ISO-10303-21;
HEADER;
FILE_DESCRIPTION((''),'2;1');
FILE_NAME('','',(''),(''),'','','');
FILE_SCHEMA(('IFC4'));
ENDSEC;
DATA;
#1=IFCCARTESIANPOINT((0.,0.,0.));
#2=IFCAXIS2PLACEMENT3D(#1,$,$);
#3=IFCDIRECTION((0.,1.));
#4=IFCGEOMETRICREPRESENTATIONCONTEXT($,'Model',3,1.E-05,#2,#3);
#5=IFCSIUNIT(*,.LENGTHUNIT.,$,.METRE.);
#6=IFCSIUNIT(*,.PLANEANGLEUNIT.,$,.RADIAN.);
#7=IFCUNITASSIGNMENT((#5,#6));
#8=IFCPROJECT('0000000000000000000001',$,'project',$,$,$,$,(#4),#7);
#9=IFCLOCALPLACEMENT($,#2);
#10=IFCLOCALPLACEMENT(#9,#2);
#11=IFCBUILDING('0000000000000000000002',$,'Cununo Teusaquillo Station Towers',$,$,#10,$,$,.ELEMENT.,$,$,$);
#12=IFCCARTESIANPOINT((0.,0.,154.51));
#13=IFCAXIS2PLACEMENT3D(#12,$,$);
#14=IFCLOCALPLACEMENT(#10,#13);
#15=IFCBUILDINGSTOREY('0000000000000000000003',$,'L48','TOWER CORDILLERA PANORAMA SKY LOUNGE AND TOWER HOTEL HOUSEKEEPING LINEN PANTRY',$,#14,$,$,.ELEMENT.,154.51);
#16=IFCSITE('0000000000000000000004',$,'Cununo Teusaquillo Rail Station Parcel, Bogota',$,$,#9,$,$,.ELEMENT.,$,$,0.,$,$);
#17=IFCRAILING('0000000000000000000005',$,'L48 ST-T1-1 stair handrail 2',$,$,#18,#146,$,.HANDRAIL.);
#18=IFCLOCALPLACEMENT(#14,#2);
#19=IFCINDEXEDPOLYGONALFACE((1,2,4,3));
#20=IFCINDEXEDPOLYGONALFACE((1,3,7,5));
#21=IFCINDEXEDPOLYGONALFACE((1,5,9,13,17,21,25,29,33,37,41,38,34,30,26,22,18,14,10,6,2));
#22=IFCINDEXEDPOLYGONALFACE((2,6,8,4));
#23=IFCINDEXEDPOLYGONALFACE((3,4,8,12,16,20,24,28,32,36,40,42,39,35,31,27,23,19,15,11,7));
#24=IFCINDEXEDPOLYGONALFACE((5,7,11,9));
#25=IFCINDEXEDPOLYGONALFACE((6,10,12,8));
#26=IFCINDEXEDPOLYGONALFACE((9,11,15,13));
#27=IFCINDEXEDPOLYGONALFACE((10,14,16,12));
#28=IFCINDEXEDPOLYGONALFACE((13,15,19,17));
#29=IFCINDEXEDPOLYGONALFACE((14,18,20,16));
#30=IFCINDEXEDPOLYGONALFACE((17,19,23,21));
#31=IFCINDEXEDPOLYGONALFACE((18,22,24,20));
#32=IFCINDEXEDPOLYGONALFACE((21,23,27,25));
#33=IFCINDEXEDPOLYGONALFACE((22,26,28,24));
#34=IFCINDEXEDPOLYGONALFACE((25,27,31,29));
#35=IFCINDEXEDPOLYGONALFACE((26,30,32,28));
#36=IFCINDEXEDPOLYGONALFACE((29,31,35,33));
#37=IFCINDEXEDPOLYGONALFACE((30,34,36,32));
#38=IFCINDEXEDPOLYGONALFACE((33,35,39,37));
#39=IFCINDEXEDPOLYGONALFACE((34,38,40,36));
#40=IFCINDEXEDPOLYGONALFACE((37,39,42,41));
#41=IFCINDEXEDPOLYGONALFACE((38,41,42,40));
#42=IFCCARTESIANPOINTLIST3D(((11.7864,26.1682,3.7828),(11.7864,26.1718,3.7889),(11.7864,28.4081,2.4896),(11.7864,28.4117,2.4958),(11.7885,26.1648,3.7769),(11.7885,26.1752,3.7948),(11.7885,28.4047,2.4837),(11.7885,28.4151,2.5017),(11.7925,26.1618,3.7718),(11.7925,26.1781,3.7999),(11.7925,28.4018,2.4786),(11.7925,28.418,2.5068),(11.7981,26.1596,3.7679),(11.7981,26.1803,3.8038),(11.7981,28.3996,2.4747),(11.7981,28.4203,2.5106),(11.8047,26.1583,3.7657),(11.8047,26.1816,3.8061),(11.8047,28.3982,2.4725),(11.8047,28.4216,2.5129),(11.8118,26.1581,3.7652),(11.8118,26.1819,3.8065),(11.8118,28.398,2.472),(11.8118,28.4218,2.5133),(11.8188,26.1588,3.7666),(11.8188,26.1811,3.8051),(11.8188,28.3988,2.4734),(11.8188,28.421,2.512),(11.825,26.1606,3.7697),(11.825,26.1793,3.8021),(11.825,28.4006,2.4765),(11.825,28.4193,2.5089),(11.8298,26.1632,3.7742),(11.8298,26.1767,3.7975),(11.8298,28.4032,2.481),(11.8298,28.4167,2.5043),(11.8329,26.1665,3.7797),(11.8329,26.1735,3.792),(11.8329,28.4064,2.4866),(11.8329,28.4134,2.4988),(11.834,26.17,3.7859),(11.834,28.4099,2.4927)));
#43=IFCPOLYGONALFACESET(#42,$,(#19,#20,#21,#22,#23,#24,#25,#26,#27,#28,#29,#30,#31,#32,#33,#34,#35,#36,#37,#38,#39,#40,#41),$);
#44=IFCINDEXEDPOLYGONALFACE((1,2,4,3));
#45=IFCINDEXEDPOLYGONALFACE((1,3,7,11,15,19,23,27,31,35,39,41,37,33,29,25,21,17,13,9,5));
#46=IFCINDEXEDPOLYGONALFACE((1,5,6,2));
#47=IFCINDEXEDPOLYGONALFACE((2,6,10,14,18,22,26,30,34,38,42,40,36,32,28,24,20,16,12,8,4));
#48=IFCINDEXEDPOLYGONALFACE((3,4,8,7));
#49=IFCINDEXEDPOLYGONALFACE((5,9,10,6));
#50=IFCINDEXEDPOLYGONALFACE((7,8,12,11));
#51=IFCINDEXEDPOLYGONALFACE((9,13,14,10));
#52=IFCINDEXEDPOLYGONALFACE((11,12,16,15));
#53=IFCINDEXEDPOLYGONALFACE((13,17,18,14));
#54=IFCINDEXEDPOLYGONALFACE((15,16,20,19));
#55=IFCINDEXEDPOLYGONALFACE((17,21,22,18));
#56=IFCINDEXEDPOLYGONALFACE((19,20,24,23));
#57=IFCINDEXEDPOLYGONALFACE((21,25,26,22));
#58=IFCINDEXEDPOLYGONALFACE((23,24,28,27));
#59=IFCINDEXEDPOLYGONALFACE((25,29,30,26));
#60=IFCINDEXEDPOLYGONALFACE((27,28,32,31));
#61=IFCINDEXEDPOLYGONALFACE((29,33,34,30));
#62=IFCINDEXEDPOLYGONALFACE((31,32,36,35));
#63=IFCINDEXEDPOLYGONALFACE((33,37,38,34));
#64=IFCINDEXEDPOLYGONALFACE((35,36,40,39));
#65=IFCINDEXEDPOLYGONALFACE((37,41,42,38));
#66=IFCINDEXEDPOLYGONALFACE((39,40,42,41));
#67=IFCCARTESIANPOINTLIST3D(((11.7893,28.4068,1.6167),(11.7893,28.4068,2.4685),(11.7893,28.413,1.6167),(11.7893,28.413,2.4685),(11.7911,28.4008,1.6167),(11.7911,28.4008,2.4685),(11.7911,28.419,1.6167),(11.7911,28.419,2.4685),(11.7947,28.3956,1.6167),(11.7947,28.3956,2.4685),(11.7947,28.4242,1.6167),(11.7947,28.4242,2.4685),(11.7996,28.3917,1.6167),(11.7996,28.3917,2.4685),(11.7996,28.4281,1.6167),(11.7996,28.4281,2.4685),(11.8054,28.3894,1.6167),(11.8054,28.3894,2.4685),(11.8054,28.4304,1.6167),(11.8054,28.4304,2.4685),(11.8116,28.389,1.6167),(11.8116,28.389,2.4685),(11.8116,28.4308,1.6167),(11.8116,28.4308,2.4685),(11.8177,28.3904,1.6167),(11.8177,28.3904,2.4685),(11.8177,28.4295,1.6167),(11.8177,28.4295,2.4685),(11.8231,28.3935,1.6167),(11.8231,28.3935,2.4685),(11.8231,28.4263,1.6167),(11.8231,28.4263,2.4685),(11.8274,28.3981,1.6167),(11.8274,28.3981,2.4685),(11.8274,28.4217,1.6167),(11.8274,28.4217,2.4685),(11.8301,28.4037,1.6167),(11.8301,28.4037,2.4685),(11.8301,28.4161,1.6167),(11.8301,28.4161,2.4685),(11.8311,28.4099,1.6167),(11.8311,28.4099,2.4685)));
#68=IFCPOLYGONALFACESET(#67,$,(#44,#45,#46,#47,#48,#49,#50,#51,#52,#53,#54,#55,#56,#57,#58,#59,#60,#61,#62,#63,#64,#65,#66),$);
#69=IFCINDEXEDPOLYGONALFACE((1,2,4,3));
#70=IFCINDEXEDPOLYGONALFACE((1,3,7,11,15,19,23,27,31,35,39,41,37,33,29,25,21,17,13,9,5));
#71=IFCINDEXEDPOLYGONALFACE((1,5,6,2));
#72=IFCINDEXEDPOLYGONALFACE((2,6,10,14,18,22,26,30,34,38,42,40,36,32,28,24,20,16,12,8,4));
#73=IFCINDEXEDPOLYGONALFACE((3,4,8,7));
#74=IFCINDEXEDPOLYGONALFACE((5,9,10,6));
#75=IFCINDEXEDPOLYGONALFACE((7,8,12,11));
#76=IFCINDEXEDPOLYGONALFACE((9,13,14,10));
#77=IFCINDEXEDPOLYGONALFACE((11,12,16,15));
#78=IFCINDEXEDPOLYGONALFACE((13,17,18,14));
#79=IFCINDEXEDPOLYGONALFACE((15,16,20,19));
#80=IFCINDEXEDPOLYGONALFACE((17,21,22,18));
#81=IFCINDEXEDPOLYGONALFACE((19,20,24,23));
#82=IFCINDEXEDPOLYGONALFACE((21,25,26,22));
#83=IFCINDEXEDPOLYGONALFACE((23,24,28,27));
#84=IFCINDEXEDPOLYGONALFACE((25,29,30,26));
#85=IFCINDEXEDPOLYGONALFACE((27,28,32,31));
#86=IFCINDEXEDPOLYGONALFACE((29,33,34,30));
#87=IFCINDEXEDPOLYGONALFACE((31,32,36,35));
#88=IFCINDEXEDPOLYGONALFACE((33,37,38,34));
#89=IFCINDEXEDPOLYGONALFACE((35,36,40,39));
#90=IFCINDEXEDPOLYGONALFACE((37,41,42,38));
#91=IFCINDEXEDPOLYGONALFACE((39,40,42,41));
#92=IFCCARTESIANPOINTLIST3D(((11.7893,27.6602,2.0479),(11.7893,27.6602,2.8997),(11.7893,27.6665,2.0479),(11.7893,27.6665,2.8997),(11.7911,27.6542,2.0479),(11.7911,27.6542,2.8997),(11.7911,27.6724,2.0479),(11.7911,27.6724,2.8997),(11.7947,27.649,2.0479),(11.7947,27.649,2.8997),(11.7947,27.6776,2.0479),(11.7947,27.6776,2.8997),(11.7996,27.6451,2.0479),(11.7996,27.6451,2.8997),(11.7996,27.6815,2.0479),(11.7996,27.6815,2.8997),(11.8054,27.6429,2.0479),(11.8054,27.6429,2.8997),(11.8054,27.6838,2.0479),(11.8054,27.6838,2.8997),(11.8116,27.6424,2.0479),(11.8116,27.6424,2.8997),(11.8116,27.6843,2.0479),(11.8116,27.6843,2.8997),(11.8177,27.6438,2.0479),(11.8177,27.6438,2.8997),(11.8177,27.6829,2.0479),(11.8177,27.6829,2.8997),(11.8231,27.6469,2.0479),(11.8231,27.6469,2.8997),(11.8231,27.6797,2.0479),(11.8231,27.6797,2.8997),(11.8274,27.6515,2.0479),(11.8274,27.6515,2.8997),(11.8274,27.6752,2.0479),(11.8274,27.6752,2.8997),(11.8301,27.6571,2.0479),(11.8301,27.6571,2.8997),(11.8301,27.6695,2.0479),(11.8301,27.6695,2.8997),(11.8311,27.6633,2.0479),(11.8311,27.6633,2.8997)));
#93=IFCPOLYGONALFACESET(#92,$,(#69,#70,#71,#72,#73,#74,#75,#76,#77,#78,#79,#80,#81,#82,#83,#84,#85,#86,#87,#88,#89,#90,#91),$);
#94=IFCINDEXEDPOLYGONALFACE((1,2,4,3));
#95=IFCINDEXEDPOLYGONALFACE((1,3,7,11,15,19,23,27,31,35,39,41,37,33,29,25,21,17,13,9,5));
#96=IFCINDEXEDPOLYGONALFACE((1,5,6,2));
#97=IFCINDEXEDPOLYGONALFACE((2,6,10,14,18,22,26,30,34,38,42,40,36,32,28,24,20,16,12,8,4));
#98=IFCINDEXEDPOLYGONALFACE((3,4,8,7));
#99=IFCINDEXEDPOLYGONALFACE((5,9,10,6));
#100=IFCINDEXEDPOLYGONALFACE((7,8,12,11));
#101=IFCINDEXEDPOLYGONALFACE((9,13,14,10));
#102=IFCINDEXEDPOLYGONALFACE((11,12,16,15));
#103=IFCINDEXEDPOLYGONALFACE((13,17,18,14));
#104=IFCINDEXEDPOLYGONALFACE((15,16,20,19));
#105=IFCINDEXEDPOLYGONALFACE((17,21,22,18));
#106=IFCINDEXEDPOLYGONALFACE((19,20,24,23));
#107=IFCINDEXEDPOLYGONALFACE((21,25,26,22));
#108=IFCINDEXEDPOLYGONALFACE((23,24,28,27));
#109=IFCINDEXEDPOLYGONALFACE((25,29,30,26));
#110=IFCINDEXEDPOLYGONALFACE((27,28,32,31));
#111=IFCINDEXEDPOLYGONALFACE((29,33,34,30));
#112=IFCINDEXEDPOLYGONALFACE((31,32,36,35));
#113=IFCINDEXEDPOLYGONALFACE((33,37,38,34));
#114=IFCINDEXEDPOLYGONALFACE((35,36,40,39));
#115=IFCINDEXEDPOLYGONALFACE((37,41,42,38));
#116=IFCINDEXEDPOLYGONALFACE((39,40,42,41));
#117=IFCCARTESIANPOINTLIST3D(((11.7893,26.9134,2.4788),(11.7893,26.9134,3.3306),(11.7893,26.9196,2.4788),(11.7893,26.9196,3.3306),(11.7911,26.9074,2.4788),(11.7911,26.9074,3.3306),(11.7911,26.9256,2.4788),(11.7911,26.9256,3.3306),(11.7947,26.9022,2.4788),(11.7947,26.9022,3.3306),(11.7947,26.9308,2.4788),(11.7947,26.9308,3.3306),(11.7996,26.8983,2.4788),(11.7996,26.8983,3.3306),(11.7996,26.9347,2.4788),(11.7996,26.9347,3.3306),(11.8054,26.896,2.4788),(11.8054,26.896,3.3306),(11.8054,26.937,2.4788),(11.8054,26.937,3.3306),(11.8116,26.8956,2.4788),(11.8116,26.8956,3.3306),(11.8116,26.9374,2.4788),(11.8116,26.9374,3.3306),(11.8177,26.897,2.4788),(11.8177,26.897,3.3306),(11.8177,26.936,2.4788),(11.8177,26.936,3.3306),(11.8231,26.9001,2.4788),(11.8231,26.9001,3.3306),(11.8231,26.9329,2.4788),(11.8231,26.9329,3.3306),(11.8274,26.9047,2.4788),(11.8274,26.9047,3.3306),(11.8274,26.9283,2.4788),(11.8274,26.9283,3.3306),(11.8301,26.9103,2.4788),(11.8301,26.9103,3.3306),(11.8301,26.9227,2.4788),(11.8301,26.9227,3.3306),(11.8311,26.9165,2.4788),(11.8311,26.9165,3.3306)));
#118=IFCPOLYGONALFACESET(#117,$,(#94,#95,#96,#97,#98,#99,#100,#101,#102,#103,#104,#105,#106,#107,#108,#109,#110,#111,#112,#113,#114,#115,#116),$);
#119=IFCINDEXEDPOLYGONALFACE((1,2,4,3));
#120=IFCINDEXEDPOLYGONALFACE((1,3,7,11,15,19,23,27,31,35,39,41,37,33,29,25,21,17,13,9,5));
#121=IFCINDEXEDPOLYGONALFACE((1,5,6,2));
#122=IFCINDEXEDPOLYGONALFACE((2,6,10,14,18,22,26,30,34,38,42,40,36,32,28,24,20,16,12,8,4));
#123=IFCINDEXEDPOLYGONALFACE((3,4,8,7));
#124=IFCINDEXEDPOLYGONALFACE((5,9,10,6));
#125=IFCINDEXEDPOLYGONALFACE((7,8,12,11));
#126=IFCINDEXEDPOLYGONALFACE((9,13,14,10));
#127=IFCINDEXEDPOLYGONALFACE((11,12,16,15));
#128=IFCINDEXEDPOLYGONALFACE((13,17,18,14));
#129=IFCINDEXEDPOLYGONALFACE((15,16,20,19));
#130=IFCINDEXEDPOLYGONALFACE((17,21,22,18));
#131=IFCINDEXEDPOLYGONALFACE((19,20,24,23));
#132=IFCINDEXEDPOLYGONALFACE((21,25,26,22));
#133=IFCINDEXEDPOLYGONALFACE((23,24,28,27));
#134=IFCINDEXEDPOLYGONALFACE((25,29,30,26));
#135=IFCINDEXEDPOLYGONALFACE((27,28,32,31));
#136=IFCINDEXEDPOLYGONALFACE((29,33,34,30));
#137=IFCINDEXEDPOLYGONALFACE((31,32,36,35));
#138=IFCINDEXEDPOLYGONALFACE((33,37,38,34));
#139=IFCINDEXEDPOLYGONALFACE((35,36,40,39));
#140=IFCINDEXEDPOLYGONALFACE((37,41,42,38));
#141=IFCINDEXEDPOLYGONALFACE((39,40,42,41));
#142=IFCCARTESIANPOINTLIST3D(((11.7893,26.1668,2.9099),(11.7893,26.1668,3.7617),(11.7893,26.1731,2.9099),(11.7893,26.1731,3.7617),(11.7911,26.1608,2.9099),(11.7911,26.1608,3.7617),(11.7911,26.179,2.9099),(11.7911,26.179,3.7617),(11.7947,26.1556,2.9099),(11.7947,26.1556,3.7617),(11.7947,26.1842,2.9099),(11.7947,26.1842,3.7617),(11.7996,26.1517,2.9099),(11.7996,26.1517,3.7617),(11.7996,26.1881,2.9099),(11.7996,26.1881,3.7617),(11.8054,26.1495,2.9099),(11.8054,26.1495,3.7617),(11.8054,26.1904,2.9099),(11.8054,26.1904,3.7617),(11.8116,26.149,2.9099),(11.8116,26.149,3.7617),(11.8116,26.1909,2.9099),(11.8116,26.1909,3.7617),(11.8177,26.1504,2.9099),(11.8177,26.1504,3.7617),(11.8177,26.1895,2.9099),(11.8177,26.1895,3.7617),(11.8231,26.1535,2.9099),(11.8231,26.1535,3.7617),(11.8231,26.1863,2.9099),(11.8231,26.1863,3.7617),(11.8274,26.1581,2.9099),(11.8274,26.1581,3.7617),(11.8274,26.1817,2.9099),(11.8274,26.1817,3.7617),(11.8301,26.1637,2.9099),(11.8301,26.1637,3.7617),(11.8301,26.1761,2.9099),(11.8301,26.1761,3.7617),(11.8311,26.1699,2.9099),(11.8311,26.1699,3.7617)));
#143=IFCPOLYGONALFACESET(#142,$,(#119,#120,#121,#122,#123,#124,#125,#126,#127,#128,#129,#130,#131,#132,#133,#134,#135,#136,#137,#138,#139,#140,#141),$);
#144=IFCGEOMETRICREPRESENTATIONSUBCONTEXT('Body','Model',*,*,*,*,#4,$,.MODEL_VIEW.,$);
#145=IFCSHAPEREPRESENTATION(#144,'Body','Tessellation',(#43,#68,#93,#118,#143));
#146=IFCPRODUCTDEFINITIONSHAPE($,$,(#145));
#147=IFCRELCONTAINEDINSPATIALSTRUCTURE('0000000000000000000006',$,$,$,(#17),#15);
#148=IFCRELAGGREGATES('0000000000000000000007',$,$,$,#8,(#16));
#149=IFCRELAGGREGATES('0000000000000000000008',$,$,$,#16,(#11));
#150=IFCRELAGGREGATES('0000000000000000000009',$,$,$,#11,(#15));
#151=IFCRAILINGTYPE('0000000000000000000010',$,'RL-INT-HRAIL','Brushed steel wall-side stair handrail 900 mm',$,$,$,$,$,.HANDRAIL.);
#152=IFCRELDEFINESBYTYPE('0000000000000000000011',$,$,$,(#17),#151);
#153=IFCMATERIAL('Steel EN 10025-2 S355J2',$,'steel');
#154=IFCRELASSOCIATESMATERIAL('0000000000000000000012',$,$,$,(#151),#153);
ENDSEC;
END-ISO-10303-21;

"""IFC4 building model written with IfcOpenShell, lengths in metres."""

from ifc_helpers import new_model, si_unit, direction, frame, origin, origin_2d, place, context, subcontext, project, spatial, circle, extrude, material, type_object, element, save


model = new_model("IFC4")

# Units and contexts
model_context = context("Model", 3, precision=1e-05, world=origin(), true_north=direction((0.0, 1.0)))
body_context = subcontext(model_context, "Body", "Model", "MODEL_VIEW")
ifc_project = project(units=[si_unit("LENGTHUNIT", "METRE"), si_unit("PLANEANGLEUNIT", "RADIAN")], contexts=[model_context])

# Site, building, storey
site_placement = place(None, origin())
site = spatial("IfcSite", under=ifc_project, at=site_placement, Name="Cununo Teusaquillo Rail Station Parcel, Bogota", CompositionType="ELEMENT", RefElevation=0.0)
building_placement = place(site_placement, origin())
building = spatial("IfcBuilding", under=site, at=building_placement, Name="Cununo Teusaquillo Station Towers", CompositionType="ELEMENT")
storey_placement = place(building_placement, frame((0.0, 0.0, 154.51)))
storey = spatial("IfcBuildingStorey", under=building, at=storey_placement, Name="L48", Description="TOWER CORDILLERA PANORAMA SKY LOUNGE AND TOWER HOTEL HOUSEKEEPING LINEN PANTRY", CompositionType="ELEMENT", Elevation=154.51)

# Railing
ifc_material_1 = material(Name="Steel EN 10025-2 S355J2", Category="steel")
railing_type_1 = type_object("IfcRailingType", Name="RL-INT-HRAIL", Description="Brushed steel wall-side stair handrail 900 mm", PredefinedType="HANDRAIL", material=ifc_material_1)
railing_1_placement = place(storey_placement, frame((11.8101, 28.4099, 1.6167)))
element("IfcRailing", 1, at=railing_1_placement, inside=storey, type_object=railing_type_1, Name="L48 ST-T1-1 stair handrail 2", PredefinedType="HANDRAIL", context=body_context, shape_type="SweptSolid", body=[
    extrude(circle(Radius=0.0239, at=origin_2d()), frame((0.0, 0.0, 0.876), z_axis=(0.0, -0.866033, 0.499987), x_axis=(1.0, 0.0, 0.0)), (0.0, 0.0, 1.0), 2.5864),
    extrude(circle(Radius=0.021, at=origin_2d()), origin(), (0.0, 0.0, 1.0), 0.8518),
    extrude(circle(Radius=0.021, at=origin_2d()), frame((0.0, -0.7466, 0.4312)), (0.0, 0.0, 1.0), 0.8518),
    extrude(circle(Radius=0.021, at=origin_2d()), frame((0.0, -1.4934, 0.8621)), (0.0, 0.0, 1.0), 0.8518),
    extrude(circle(Radius=0.021, at=origin_2d()), frame((0.0, -2.24, 1.2932)), (0.0, 0.0, 1.0), 0.8518),
])

save(model, "model.ifc")
